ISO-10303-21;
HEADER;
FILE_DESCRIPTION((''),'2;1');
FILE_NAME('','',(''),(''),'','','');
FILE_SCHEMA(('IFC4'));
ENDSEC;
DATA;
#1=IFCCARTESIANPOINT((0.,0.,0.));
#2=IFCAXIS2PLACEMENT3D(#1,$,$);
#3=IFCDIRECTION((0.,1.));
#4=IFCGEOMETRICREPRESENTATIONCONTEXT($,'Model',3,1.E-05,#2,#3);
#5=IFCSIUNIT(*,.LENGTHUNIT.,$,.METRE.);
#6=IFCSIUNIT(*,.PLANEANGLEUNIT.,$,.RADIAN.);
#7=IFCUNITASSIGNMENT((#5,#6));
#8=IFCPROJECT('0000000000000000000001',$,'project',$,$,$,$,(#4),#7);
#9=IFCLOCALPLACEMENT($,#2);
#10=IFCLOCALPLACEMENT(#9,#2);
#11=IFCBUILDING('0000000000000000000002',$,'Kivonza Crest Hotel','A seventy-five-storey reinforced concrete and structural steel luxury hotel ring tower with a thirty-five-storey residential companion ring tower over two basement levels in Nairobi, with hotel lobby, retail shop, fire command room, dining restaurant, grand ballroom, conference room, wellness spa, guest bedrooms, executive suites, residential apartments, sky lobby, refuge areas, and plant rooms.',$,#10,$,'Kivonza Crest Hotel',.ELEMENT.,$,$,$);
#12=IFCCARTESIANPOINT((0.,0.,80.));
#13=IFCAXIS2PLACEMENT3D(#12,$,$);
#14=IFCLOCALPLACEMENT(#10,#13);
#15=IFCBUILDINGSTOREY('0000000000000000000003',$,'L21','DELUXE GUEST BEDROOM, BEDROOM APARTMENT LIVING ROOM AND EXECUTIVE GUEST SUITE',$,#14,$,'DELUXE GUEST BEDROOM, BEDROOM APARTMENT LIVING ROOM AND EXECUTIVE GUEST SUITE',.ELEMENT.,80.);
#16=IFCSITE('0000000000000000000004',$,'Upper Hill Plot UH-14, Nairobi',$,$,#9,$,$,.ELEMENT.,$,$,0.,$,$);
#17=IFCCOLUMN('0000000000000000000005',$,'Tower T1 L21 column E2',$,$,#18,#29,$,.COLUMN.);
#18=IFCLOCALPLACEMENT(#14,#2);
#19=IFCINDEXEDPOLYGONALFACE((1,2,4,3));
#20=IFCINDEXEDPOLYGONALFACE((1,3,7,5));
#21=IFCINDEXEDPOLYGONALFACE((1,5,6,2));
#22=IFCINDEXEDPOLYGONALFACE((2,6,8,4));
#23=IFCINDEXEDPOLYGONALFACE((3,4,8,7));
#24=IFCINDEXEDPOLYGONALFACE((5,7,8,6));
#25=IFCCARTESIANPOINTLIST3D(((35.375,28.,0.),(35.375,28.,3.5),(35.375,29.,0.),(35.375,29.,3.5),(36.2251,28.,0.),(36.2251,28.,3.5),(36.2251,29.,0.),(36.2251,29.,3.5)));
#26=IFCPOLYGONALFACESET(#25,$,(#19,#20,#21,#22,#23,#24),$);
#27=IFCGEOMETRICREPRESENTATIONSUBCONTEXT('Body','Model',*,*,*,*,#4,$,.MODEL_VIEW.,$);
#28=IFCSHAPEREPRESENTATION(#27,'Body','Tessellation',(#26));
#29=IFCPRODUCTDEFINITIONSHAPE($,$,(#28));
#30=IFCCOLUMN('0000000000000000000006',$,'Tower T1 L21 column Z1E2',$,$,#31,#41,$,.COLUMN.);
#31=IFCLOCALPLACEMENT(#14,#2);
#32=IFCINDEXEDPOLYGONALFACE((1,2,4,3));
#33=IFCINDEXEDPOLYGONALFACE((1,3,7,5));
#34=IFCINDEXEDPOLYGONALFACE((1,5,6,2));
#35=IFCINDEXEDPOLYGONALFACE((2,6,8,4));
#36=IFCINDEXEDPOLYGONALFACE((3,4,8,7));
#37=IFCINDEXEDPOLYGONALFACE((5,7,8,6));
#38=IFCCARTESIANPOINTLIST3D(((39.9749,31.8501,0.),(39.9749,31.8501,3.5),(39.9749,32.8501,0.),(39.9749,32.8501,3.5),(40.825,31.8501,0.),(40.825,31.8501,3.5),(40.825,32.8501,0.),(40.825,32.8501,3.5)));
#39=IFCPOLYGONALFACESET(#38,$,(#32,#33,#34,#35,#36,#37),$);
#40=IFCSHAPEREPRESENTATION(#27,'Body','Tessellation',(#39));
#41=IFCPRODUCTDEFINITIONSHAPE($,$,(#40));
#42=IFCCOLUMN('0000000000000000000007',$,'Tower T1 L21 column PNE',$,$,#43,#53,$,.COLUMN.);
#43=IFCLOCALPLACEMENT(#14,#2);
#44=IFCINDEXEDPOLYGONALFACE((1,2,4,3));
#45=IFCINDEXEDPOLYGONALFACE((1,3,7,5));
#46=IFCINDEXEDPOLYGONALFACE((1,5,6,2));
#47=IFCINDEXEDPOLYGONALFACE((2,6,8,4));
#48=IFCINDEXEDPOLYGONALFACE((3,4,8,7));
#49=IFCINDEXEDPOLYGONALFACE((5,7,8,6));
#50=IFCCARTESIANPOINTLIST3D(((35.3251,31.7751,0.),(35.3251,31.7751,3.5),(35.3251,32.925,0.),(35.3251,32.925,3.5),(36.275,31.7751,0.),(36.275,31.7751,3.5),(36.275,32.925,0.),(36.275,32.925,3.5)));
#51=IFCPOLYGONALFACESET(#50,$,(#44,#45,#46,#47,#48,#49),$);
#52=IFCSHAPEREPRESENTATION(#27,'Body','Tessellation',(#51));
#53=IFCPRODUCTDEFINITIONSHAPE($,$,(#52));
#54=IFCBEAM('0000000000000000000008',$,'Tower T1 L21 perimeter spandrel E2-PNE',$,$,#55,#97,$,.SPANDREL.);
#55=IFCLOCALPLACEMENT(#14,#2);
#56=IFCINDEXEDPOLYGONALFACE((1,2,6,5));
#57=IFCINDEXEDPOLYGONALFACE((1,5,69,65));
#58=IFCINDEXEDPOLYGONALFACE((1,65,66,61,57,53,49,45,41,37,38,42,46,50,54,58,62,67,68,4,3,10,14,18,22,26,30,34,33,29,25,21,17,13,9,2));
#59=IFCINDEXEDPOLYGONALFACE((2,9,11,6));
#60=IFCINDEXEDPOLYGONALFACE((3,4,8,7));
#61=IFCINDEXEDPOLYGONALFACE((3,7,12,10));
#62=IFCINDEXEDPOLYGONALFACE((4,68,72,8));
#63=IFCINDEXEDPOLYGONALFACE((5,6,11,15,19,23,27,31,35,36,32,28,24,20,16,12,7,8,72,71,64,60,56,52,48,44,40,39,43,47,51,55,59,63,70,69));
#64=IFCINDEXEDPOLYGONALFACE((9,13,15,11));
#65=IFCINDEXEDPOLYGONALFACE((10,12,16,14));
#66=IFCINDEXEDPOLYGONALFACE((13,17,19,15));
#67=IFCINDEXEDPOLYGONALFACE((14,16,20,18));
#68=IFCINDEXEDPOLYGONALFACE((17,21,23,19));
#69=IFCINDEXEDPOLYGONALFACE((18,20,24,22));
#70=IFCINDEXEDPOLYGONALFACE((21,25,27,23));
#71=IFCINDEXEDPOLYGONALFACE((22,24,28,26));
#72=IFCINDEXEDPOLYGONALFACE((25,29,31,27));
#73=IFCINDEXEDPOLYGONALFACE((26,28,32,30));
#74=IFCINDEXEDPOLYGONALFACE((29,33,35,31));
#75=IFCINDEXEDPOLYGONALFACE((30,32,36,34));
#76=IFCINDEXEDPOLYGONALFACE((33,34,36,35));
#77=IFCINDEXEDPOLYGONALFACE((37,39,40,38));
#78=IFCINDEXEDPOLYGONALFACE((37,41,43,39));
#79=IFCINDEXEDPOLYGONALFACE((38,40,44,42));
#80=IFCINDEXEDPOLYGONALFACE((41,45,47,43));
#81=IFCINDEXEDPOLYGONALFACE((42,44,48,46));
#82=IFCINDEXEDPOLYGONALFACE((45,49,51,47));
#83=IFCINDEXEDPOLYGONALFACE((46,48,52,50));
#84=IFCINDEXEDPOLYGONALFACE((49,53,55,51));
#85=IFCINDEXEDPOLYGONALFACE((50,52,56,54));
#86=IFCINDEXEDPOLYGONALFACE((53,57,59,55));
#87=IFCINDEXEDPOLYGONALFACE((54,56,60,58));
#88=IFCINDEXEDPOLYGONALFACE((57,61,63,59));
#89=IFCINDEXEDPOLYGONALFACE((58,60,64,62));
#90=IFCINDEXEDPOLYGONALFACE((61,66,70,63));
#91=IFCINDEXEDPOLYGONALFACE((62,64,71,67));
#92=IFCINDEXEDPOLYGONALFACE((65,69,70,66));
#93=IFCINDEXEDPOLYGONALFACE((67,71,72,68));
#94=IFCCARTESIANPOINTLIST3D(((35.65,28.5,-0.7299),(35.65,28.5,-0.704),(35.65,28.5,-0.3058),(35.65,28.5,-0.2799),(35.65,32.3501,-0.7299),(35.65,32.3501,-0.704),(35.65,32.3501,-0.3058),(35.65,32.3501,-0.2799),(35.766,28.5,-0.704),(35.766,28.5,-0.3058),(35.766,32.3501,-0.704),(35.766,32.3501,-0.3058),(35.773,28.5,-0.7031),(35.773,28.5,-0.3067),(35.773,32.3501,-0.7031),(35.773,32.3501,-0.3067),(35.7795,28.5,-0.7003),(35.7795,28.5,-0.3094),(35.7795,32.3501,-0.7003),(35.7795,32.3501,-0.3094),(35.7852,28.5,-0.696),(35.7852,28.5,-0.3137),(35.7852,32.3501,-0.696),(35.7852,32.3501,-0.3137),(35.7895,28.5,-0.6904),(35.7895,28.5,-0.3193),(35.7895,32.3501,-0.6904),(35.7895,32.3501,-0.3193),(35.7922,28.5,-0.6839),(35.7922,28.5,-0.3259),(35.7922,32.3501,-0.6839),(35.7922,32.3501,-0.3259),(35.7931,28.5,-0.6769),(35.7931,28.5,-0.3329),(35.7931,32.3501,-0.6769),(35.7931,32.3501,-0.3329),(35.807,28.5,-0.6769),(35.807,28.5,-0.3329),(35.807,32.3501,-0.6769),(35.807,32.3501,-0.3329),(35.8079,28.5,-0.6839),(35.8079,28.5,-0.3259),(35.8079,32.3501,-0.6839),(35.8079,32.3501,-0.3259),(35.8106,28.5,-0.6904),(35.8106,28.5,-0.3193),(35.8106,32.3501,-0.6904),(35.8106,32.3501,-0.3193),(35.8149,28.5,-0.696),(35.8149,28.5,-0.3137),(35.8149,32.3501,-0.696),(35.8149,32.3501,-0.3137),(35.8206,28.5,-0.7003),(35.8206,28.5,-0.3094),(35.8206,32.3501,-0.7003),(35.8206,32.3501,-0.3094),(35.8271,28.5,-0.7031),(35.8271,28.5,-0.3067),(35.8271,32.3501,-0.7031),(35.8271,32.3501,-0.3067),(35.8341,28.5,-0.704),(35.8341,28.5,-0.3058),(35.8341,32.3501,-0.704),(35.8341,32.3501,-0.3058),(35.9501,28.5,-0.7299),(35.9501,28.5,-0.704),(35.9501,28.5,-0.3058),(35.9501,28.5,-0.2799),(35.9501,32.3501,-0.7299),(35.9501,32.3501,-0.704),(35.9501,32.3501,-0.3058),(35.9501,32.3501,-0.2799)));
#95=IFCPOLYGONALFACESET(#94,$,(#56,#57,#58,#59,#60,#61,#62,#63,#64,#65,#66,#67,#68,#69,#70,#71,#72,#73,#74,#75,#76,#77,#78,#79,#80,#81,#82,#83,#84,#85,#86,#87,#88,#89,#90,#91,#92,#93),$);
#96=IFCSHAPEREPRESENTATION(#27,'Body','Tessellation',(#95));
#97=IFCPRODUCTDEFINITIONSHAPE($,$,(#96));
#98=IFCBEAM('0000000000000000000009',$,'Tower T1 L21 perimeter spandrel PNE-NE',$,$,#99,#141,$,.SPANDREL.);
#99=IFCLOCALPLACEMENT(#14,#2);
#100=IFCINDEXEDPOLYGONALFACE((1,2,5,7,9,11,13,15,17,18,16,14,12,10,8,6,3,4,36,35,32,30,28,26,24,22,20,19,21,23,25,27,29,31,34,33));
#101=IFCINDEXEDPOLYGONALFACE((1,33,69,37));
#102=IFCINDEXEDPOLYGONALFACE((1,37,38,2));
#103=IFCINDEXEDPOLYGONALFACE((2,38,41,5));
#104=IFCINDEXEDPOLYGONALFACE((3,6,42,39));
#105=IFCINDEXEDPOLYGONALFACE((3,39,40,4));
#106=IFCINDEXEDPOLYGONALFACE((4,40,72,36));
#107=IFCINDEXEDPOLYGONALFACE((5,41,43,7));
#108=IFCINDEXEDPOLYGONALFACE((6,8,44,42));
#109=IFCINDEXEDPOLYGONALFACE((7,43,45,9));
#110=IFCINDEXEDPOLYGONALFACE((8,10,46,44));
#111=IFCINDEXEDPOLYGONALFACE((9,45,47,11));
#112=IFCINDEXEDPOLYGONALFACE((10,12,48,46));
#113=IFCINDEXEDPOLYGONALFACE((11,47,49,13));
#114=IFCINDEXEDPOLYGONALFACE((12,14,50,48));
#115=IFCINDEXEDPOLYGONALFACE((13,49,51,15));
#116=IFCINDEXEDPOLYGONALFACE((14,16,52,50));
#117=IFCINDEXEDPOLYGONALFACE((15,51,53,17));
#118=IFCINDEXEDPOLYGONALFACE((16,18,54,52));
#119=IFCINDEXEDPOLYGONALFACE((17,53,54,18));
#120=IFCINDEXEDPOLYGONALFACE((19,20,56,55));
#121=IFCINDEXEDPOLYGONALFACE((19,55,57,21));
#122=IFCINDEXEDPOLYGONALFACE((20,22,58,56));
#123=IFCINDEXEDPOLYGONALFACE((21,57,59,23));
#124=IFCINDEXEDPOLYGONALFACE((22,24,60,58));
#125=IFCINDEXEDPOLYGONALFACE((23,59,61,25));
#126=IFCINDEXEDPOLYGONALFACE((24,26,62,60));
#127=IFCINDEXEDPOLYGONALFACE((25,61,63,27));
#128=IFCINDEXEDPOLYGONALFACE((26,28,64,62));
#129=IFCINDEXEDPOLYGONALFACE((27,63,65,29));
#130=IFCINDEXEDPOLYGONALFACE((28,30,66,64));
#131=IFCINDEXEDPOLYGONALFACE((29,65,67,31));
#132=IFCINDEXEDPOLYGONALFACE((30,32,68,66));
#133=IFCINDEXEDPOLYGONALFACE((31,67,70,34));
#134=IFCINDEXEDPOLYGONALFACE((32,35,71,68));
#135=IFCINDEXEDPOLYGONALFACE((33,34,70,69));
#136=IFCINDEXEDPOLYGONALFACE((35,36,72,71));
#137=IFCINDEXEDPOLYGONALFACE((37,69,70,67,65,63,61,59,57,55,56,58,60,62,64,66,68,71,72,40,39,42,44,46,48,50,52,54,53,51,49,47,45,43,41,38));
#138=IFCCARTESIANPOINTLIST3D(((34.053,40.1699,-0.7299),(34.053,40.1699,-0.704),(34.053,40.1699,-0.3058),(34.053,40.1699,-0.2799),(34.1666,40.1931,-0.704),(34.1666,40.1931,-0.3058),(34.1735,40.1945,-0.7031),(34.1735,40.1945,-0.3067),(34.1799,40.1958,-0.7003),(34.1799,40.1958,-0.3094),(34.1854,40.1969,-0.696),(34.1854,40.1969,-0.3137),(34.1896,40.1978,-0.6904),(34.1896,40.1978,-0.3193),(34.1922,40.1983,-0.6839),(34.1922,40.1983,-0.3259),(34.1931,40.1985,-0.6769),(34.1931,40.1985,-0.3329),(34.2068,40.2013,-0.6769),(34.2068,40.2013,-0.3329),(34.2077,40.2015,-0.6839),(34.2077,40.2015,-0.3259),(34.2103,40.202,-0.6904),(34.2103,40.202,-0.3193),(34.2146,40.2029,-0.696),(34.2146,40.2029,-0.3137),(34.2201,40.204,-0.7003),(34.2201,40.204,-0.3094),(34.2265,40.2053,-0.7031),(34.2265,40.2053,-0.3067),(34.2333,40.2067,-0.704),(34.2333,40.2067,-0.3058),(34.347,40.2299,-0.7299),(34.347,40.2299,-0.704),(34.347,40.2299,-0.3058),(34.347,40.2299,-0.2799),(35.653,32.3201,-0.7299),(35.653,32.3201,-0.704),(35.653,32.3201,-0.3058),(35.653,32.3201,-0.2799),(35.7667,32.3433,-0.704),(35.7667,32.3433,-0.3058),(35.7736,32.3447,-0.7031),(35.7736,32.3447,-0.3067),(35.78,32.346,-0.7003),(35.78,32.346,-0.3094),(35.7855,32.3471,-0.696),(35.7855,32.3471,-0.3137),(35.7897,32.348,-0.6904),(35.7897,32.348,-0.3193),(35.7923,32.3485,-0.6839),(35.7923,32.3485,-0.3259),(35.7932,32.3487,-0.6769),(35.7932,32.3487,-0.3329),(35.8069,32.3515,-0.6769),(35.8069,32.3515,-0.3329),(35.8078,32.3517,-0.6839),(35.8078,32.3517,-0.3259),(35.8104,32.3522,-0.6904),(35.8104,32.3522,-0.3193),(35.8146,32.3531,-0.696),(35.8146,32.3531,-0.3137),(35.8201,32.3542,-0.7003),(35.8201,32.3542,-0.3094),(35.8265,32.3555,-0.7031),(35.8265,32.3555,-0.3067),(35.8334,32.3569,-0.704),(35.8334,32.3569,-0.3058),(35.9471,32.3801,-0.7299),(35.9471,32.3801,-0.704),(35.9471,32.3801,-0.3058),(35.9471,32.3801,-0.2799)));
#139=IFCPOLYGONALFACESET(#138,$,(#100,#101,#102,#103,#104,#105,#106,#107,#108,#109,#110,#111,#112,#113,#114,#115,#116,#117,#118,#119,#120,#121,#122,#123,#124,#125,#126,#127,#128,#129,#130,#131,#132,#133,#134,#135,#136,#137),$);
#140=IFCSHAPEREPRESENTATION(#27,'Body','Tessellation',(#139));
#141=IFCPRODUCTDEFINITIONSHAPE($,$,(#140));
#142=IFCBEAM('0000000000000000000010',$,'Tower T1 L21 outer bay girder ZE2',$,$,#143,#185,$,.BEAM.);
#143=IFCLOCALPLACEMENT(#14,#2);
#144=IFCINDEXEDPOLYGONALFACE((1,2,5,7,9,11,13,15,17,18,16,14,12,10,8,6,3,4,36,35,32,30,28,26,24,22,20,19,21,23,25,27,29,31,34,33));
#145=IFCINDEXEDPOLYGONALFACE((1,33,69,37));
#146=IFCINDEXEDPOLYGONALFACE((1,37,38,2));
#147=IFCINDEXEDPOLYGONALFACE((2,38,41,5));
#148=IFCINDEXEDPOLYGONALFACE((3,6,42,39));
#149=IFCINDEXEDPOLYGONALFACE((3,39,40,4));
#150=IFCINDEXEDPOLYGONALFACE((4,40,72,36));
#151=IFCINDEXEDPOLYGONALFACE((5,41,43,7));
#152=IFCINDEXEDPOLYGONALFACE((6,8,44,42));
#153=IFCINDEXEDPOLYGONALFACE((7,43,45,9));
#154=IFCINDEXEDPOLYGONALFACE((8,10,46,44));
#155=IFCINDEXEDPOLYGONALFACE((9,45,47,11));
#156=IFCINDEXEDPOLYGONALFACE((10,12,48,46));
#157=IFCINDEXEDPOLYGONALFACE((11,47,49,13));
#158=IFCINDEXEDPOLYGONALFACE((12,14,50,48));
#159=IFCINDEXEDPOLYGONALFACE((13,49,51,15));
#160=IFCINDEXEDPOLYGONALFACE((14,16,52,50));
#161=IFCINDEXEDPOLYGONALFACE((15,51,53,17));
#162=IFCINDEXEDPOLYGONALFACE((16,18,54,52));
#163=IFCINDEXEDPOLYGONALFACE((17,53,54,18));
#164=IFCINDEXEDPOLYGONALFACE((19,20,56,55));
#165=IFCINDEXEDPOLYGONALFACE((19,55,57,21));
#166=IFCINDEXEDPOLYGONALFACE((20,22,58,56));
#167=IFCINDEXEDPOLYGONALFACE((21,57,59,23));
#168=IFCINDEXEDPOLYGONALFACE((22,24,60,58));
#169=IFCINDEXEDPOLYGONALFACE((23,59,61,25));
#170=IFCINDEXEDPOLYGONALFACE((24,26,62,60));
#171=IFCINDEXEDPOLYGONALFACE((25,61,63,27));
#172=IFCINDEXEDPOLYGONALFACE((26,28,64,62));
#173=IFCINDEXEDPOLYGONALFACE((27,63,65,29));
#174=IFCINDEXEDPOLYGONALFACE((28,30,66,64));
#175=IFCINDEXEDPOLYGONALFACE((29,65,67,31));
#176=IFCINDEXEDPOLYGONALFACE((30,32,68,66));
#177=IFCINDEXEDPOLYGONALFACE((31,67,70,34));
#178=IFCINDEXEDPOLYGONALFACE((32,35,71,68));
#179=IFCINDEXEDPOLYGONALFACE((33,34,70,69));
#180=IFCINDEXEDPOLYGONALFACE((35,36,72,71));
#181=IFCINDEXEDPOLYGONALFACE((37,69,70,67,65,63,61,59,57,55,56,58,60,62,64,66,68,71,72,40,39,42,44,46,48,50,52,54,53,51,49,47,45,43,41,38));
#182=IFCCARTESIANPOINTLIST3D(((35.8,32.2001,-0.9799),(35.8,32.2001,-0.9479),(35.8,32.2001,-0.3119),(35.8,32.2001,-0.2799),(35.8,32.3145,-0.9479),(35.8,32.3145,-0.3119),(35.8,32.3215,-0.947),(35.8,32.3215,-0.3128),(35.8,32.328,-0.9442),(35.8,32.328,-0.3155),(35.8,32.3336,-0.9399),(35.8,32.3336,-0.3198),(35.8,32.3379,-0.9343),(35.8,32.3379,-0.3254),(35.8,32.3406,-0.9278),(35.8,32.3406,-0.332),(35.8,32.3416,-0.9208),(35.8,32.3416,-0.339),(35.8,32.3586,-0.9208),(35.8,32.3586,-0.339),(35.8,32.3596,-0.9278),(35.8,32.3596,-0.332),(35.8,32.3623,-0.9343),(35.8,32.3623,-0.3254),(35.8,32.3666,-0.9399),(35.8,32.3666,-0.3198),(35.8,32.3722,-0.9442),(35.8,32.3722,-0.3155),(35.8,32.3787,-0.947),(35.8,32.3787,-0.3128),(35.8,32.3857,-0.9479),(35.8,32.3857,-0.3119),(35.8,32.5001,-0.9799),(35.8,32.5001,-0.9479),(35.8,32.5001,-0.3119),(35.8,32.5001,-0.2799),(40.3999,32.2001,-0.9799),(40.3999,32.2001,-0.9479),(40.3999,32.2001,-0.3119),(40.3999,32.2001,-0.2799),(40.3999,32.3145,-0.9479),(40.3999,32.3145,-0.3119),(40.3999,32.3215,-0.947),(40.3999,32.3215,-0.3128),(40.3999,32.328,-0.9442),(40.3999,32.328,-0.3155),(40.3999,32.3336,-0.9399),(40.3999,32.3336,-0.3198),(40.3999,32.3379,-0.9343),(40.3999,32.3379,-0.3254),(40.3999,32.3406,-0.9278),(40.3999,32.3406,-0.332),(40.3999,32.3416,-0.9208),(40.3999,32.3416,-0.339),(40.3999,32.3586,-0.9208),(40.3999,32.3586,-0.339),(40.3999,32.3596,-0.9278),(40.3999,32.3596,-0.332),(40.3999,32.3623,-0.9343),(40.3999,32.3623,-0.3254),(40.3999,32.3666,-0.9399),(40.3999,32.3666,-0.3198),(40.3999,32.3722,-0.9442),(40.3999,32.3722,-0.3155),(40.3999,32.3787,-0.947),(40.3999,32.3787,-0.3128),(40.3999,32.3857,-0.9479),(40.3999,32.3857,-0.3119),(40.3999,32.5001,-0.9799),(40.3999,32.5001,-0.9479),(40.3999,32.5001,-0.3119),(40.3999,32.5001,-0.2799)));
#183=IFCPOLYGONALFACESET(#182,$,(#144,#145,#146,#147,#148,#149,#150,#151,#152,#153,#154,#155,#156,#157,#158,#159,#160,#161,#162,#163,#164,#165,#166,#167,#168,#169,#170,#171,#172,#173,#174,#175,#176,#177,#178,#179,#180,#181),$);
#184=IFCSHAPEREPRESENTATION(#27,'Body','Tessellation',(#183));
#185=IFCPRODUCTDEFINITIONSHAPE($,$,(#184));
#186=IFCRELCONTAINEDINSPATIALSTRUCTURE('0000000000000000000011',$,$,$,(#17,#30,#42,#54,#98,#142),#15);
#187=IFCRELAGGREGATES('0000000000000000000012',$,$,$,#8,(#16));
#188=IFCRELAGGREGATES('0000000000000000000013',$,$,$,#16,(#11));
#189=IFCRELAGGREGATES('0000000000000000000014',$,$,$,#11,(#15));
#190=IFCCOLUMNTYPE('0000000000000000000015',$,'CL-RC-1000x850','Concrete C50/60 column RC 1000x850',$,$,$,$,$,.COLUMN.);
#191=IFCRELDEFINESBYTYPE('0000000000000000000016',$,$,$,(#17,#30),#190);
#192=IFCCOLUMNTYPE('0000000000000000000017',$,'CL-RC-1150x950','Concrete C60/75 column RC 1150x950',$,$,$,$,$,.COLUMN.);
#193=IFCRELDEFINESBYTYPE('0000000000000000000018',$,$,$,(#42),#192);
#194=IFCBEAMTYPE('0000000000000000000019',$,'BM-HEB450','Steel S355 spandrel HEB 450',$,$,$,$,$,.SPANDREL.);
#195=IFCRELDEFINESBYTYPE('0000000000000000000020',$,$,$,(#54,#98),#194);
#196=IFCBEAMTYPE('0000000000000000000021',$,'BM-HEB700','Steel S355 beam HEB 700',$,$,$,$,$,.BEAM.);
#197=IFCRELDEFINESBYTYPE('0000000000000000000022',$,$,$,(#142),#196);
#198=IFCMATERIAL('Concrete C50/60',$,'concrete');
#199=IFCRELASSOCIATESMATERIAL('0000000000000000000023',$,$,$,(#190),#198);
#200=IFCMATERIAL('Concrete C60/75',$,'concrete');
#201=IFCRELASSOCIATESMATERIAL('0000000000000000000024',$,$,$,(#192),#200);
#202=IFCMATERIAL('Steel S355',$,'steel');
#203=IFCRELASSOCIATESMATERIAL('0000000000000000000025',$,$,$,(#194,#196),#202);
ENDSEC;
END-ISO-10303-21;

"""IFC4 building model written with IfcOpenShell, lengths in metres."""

from ifc_helpers import new_model, si_unit, direction, frame, origin, origin_2d, place, context, subcontext, project, spatial, rectangle, i_section, extrude, material, material_profile, profile_set, type_object, element, save


model = new_model("IFC4")

# Units and contexts
model_context = context("Model", 3, precision=1e-05, world=origin(), true_north=direction((0.0, 1.0)))
body_context = subcontext(model_context, "Body", "Model", "MODEL_VIEW")
ifc_project = project(units=[si_unit("LENGTHUNIT", "METRE"), si_unit("PLANEANGLEUNIT", "RADIAN")], contexts=[model_context])

# Site, building, storey
site_placement = place(None, origin())
site = spatial("IfcSite", under=ifc_project, at=site_placement, Name="Upper Hill Plot UH-14, Nairobi", CompositionType="ELEMENT", RefElevation=0.0)
building_placement = place(site_placement, origin())
building = spatial("IfcBuilding", under=site, at=building_placement, Name="Kivonza Crest Hotel", Description="A seventy-five-storey reinforced concrete and structural steel luxury hotel ring tower with a thirty-five-storey residential companion ring tower over two basement levels in Nairobi, with hotel lobby, retail shop, fire command room, dining restaurant, grand ballroom, conference room, wellness spa, guest bedrooms, executive suites, residential apartments, sky lobby, refuge areas, and plant rooms.", LongName="Kivonza Crest Hotel", CompositionType="ELEMENT")
storey_placement = place(building_placement, frame((0.0, 0.0, 80.0)))
storey = spatial("IfcBuildingStorey", under=building, at=storey_placement, Name="L21", Description="DELUXE GUEST BEDROOM, BEDROOM APARTMENT LIVING ROOM AND EXECUTIVE GUEST SUITE", LongName="DELUXE GUEST BEDROOM, BEDROOM APARTMENT LIVING ROOM AND EXECUTIVE GUEST SUITE", CompositionType="ELEMENT", Elevation=80.0)

# Columns
ifc_material_1 = material(Name="Concrete C50/60", Category="concrete")
ifc_material_profile_1 = material_profile(ifc_material_1, rectangle(XDim=0.8501, YDim=1.0, at=origin_2d()), Name="RC 1000x850")
ifc_profile_set_1 = profile_set([ifc_material_profile_1], Name="Concrete C50/60")
column_type_1 = type_object("IfcColumnType", Name="CL-RC-1000x850", Description="Concrete C50/60 column RC 1000x850", PredefinedType="COLUMN", material=ifc_profile_set_1)
for number, where, z_axis, x_axis, name in (
    (1, (35.8, 28.5, 0.0), (0.0, 0.0, 1.0), (1.0, 0.0, 0.0), "Tower T1 L21 column E2"),
    (2, (40.3999, 32.3501, 0.0), (0.0, 0.0, 1.0), (1.0, 0.0, 0.0), "Tower T1 L21 column Z1E2"),
):
    element("IfcColumn", number, at=place(storey_placement, frame(where, z_axis=z_axis, x_axis=x_axis)), inside=storey, type_object=column_type_1, Name=name, PredefinedType="COLUMN", context=body_context, shape_type="SweptSolid", body=[
        extrude(rectangle(XDim=0.8501, YDim=1.0, at=origin_2d()), origin(), (0.0, 0.0, 1.0), 3.5),
    ])
ifc_material_2 = material(Name="Concrete C60/75", Category="concrete")
ifc_material_profile_2 = material_profile(ifc_material_2, rectangle(XDim=0.95, YDim=1.1499, at=origin_2d()), Name="RC 1150x950")
ifc_profile_set_2 = profile_set([ifc_material_profile_2], Name="Concrete C60/75")
column_type_2 = type_object("IfcColumnType", Name="CL-RC-1150x950", Description="Concrete C60/75 column RC 1150x950", PredefinedType="COLUMN", material=ifc_profile_set_2)
column_placement = place(storey_placement, frame((35.8, 32.3501, 0.0), z_axis=(0.0, 0.0, 1.0), x_axis=(1.0, 0.0, 0.0)))
element("IfcColumn", 3, at=column_placement, inside=storey, type_object=column_type_2, Name="Tower T1 L21 column PNE", PredefinedType="COLUMN", context=body_context, shape_type="SweptSolid", body=[
    extrude(rectangle(XDim=0.95, YDim=1.1499, at=origin_2d()), origin(), (0.0, 0.0, 1.0), 3.5),
])

# Beams
ifc_material_3 = material(Name="Steel S355", Category="steel")
ifc_material_profile_3 = material_profile(ifc_material_3, i_section(OverallWidth=0.3, OverallDepth=0.45, WebThickness=0.0139, FlangeThickness=0.0259, FilletRadius=0.0271, at=origin_2d()), Name="HEB 450")
ifc_profile_set_3 = profile_set([ifc_material_profile_3], Name="Steel S355")
beam_type_1 = type_object("IfcBeamType", Name="BM-HEB450", Description="Steel S355 spandrel HEB 450", PredefinedType="SPANDREL", material=ifc_profile_set_3)
beam_1_placement = place(storey_placement, frame((35.8, 28.5, -0.5049), z_axis=(0.0, 1.0, 0.0), x_axis=(-1.0, 0.0, 0.0)))
element("IfcBeam", 4, at=beam_1_placement, inside=storey, type_object=beam_type_1, Name="Tower T1 L21 perimeter spandrel E2-PNE", PredefinedType="SPANDREL", context=body_context, shape_type="SweptSolid", body=[
    extrude(i_section(OverallWidth=0.3, OverallDepth=0.45, WebThickness=0.0139, FlangeThickness=0.0259, FilletRadius=0.0271, at=origin_2d()), origin(), (0.0, 0.0, 1.0), 3.8501),
])
beam_2_placement = place(storey_placement, frame((35.8, 32.3501, -0.5049), z_axis=(-0.199731, 0.979851, 0.0), x_axis=(-0.979851, -0.199731, 0.0)))
element("IfcBeam", 5, at=beam_2_placement, inside=storey, type_object=beam_type_1, Name="Tower T1 L21 perimeter spandrel PNE-NE", PredefinedType="SPANDREL", context=body_context, shape_type="SweptSolid", body=[
    extrude(i_section(OverallWidth=0.3, OverallDepth=0.45, WebThickness=0.0139, FlangeThickness=0.0259, FilletRadius=0.0271, at=origin_2d()), origin(), (0.0, 0.0, 1.0), 8.0112),
])
ifc_material_profile_4 = material_profile(ifc_material_3, i_section(OverallWidth=0.3, OverallDepth=0.7, WebThickness=0.0171, FlangeThickness=0.032, FilletRadius=0.0271, at=origin_2d()), Name="HEB 700")
ifc_profile_set_4 = profile_set([ifc_material_profile_4], Name="Steel S355")
beam_type_2 = type_object("IfcBeamType", Name="BM-HEB700", Description="Steel S355 beam HEB 700", PredefinedType="BEAM", material=ifc_profile_set_4)
beam_3_placement = place(storey_placement, frame((40.3999, 32.3501, -0.6299), z_axis=(-1.0, 0.0, 0.0), x_axis=(0.0, -1.0, 0.0)))
element("IfcBeam", 6, at=beam_3_placement, inside=storey, type_object=beam_type_2, Name="Tower T1 L21 outer bay girder ZE2", PredefinedType="BEAM", context=body_context, shape_type="SweptSolid", body=[
    extrude(i_section(OverallWidth=0.3, OverallDepth=0.7, WebThickness=0.0171, FlangeThickness=0.032, FilletRadius=0.0271, at=origin_2d()), origin(), (0.0, 0.0, 1.0), 4.5999),
])

save(model, "model.ifc")
